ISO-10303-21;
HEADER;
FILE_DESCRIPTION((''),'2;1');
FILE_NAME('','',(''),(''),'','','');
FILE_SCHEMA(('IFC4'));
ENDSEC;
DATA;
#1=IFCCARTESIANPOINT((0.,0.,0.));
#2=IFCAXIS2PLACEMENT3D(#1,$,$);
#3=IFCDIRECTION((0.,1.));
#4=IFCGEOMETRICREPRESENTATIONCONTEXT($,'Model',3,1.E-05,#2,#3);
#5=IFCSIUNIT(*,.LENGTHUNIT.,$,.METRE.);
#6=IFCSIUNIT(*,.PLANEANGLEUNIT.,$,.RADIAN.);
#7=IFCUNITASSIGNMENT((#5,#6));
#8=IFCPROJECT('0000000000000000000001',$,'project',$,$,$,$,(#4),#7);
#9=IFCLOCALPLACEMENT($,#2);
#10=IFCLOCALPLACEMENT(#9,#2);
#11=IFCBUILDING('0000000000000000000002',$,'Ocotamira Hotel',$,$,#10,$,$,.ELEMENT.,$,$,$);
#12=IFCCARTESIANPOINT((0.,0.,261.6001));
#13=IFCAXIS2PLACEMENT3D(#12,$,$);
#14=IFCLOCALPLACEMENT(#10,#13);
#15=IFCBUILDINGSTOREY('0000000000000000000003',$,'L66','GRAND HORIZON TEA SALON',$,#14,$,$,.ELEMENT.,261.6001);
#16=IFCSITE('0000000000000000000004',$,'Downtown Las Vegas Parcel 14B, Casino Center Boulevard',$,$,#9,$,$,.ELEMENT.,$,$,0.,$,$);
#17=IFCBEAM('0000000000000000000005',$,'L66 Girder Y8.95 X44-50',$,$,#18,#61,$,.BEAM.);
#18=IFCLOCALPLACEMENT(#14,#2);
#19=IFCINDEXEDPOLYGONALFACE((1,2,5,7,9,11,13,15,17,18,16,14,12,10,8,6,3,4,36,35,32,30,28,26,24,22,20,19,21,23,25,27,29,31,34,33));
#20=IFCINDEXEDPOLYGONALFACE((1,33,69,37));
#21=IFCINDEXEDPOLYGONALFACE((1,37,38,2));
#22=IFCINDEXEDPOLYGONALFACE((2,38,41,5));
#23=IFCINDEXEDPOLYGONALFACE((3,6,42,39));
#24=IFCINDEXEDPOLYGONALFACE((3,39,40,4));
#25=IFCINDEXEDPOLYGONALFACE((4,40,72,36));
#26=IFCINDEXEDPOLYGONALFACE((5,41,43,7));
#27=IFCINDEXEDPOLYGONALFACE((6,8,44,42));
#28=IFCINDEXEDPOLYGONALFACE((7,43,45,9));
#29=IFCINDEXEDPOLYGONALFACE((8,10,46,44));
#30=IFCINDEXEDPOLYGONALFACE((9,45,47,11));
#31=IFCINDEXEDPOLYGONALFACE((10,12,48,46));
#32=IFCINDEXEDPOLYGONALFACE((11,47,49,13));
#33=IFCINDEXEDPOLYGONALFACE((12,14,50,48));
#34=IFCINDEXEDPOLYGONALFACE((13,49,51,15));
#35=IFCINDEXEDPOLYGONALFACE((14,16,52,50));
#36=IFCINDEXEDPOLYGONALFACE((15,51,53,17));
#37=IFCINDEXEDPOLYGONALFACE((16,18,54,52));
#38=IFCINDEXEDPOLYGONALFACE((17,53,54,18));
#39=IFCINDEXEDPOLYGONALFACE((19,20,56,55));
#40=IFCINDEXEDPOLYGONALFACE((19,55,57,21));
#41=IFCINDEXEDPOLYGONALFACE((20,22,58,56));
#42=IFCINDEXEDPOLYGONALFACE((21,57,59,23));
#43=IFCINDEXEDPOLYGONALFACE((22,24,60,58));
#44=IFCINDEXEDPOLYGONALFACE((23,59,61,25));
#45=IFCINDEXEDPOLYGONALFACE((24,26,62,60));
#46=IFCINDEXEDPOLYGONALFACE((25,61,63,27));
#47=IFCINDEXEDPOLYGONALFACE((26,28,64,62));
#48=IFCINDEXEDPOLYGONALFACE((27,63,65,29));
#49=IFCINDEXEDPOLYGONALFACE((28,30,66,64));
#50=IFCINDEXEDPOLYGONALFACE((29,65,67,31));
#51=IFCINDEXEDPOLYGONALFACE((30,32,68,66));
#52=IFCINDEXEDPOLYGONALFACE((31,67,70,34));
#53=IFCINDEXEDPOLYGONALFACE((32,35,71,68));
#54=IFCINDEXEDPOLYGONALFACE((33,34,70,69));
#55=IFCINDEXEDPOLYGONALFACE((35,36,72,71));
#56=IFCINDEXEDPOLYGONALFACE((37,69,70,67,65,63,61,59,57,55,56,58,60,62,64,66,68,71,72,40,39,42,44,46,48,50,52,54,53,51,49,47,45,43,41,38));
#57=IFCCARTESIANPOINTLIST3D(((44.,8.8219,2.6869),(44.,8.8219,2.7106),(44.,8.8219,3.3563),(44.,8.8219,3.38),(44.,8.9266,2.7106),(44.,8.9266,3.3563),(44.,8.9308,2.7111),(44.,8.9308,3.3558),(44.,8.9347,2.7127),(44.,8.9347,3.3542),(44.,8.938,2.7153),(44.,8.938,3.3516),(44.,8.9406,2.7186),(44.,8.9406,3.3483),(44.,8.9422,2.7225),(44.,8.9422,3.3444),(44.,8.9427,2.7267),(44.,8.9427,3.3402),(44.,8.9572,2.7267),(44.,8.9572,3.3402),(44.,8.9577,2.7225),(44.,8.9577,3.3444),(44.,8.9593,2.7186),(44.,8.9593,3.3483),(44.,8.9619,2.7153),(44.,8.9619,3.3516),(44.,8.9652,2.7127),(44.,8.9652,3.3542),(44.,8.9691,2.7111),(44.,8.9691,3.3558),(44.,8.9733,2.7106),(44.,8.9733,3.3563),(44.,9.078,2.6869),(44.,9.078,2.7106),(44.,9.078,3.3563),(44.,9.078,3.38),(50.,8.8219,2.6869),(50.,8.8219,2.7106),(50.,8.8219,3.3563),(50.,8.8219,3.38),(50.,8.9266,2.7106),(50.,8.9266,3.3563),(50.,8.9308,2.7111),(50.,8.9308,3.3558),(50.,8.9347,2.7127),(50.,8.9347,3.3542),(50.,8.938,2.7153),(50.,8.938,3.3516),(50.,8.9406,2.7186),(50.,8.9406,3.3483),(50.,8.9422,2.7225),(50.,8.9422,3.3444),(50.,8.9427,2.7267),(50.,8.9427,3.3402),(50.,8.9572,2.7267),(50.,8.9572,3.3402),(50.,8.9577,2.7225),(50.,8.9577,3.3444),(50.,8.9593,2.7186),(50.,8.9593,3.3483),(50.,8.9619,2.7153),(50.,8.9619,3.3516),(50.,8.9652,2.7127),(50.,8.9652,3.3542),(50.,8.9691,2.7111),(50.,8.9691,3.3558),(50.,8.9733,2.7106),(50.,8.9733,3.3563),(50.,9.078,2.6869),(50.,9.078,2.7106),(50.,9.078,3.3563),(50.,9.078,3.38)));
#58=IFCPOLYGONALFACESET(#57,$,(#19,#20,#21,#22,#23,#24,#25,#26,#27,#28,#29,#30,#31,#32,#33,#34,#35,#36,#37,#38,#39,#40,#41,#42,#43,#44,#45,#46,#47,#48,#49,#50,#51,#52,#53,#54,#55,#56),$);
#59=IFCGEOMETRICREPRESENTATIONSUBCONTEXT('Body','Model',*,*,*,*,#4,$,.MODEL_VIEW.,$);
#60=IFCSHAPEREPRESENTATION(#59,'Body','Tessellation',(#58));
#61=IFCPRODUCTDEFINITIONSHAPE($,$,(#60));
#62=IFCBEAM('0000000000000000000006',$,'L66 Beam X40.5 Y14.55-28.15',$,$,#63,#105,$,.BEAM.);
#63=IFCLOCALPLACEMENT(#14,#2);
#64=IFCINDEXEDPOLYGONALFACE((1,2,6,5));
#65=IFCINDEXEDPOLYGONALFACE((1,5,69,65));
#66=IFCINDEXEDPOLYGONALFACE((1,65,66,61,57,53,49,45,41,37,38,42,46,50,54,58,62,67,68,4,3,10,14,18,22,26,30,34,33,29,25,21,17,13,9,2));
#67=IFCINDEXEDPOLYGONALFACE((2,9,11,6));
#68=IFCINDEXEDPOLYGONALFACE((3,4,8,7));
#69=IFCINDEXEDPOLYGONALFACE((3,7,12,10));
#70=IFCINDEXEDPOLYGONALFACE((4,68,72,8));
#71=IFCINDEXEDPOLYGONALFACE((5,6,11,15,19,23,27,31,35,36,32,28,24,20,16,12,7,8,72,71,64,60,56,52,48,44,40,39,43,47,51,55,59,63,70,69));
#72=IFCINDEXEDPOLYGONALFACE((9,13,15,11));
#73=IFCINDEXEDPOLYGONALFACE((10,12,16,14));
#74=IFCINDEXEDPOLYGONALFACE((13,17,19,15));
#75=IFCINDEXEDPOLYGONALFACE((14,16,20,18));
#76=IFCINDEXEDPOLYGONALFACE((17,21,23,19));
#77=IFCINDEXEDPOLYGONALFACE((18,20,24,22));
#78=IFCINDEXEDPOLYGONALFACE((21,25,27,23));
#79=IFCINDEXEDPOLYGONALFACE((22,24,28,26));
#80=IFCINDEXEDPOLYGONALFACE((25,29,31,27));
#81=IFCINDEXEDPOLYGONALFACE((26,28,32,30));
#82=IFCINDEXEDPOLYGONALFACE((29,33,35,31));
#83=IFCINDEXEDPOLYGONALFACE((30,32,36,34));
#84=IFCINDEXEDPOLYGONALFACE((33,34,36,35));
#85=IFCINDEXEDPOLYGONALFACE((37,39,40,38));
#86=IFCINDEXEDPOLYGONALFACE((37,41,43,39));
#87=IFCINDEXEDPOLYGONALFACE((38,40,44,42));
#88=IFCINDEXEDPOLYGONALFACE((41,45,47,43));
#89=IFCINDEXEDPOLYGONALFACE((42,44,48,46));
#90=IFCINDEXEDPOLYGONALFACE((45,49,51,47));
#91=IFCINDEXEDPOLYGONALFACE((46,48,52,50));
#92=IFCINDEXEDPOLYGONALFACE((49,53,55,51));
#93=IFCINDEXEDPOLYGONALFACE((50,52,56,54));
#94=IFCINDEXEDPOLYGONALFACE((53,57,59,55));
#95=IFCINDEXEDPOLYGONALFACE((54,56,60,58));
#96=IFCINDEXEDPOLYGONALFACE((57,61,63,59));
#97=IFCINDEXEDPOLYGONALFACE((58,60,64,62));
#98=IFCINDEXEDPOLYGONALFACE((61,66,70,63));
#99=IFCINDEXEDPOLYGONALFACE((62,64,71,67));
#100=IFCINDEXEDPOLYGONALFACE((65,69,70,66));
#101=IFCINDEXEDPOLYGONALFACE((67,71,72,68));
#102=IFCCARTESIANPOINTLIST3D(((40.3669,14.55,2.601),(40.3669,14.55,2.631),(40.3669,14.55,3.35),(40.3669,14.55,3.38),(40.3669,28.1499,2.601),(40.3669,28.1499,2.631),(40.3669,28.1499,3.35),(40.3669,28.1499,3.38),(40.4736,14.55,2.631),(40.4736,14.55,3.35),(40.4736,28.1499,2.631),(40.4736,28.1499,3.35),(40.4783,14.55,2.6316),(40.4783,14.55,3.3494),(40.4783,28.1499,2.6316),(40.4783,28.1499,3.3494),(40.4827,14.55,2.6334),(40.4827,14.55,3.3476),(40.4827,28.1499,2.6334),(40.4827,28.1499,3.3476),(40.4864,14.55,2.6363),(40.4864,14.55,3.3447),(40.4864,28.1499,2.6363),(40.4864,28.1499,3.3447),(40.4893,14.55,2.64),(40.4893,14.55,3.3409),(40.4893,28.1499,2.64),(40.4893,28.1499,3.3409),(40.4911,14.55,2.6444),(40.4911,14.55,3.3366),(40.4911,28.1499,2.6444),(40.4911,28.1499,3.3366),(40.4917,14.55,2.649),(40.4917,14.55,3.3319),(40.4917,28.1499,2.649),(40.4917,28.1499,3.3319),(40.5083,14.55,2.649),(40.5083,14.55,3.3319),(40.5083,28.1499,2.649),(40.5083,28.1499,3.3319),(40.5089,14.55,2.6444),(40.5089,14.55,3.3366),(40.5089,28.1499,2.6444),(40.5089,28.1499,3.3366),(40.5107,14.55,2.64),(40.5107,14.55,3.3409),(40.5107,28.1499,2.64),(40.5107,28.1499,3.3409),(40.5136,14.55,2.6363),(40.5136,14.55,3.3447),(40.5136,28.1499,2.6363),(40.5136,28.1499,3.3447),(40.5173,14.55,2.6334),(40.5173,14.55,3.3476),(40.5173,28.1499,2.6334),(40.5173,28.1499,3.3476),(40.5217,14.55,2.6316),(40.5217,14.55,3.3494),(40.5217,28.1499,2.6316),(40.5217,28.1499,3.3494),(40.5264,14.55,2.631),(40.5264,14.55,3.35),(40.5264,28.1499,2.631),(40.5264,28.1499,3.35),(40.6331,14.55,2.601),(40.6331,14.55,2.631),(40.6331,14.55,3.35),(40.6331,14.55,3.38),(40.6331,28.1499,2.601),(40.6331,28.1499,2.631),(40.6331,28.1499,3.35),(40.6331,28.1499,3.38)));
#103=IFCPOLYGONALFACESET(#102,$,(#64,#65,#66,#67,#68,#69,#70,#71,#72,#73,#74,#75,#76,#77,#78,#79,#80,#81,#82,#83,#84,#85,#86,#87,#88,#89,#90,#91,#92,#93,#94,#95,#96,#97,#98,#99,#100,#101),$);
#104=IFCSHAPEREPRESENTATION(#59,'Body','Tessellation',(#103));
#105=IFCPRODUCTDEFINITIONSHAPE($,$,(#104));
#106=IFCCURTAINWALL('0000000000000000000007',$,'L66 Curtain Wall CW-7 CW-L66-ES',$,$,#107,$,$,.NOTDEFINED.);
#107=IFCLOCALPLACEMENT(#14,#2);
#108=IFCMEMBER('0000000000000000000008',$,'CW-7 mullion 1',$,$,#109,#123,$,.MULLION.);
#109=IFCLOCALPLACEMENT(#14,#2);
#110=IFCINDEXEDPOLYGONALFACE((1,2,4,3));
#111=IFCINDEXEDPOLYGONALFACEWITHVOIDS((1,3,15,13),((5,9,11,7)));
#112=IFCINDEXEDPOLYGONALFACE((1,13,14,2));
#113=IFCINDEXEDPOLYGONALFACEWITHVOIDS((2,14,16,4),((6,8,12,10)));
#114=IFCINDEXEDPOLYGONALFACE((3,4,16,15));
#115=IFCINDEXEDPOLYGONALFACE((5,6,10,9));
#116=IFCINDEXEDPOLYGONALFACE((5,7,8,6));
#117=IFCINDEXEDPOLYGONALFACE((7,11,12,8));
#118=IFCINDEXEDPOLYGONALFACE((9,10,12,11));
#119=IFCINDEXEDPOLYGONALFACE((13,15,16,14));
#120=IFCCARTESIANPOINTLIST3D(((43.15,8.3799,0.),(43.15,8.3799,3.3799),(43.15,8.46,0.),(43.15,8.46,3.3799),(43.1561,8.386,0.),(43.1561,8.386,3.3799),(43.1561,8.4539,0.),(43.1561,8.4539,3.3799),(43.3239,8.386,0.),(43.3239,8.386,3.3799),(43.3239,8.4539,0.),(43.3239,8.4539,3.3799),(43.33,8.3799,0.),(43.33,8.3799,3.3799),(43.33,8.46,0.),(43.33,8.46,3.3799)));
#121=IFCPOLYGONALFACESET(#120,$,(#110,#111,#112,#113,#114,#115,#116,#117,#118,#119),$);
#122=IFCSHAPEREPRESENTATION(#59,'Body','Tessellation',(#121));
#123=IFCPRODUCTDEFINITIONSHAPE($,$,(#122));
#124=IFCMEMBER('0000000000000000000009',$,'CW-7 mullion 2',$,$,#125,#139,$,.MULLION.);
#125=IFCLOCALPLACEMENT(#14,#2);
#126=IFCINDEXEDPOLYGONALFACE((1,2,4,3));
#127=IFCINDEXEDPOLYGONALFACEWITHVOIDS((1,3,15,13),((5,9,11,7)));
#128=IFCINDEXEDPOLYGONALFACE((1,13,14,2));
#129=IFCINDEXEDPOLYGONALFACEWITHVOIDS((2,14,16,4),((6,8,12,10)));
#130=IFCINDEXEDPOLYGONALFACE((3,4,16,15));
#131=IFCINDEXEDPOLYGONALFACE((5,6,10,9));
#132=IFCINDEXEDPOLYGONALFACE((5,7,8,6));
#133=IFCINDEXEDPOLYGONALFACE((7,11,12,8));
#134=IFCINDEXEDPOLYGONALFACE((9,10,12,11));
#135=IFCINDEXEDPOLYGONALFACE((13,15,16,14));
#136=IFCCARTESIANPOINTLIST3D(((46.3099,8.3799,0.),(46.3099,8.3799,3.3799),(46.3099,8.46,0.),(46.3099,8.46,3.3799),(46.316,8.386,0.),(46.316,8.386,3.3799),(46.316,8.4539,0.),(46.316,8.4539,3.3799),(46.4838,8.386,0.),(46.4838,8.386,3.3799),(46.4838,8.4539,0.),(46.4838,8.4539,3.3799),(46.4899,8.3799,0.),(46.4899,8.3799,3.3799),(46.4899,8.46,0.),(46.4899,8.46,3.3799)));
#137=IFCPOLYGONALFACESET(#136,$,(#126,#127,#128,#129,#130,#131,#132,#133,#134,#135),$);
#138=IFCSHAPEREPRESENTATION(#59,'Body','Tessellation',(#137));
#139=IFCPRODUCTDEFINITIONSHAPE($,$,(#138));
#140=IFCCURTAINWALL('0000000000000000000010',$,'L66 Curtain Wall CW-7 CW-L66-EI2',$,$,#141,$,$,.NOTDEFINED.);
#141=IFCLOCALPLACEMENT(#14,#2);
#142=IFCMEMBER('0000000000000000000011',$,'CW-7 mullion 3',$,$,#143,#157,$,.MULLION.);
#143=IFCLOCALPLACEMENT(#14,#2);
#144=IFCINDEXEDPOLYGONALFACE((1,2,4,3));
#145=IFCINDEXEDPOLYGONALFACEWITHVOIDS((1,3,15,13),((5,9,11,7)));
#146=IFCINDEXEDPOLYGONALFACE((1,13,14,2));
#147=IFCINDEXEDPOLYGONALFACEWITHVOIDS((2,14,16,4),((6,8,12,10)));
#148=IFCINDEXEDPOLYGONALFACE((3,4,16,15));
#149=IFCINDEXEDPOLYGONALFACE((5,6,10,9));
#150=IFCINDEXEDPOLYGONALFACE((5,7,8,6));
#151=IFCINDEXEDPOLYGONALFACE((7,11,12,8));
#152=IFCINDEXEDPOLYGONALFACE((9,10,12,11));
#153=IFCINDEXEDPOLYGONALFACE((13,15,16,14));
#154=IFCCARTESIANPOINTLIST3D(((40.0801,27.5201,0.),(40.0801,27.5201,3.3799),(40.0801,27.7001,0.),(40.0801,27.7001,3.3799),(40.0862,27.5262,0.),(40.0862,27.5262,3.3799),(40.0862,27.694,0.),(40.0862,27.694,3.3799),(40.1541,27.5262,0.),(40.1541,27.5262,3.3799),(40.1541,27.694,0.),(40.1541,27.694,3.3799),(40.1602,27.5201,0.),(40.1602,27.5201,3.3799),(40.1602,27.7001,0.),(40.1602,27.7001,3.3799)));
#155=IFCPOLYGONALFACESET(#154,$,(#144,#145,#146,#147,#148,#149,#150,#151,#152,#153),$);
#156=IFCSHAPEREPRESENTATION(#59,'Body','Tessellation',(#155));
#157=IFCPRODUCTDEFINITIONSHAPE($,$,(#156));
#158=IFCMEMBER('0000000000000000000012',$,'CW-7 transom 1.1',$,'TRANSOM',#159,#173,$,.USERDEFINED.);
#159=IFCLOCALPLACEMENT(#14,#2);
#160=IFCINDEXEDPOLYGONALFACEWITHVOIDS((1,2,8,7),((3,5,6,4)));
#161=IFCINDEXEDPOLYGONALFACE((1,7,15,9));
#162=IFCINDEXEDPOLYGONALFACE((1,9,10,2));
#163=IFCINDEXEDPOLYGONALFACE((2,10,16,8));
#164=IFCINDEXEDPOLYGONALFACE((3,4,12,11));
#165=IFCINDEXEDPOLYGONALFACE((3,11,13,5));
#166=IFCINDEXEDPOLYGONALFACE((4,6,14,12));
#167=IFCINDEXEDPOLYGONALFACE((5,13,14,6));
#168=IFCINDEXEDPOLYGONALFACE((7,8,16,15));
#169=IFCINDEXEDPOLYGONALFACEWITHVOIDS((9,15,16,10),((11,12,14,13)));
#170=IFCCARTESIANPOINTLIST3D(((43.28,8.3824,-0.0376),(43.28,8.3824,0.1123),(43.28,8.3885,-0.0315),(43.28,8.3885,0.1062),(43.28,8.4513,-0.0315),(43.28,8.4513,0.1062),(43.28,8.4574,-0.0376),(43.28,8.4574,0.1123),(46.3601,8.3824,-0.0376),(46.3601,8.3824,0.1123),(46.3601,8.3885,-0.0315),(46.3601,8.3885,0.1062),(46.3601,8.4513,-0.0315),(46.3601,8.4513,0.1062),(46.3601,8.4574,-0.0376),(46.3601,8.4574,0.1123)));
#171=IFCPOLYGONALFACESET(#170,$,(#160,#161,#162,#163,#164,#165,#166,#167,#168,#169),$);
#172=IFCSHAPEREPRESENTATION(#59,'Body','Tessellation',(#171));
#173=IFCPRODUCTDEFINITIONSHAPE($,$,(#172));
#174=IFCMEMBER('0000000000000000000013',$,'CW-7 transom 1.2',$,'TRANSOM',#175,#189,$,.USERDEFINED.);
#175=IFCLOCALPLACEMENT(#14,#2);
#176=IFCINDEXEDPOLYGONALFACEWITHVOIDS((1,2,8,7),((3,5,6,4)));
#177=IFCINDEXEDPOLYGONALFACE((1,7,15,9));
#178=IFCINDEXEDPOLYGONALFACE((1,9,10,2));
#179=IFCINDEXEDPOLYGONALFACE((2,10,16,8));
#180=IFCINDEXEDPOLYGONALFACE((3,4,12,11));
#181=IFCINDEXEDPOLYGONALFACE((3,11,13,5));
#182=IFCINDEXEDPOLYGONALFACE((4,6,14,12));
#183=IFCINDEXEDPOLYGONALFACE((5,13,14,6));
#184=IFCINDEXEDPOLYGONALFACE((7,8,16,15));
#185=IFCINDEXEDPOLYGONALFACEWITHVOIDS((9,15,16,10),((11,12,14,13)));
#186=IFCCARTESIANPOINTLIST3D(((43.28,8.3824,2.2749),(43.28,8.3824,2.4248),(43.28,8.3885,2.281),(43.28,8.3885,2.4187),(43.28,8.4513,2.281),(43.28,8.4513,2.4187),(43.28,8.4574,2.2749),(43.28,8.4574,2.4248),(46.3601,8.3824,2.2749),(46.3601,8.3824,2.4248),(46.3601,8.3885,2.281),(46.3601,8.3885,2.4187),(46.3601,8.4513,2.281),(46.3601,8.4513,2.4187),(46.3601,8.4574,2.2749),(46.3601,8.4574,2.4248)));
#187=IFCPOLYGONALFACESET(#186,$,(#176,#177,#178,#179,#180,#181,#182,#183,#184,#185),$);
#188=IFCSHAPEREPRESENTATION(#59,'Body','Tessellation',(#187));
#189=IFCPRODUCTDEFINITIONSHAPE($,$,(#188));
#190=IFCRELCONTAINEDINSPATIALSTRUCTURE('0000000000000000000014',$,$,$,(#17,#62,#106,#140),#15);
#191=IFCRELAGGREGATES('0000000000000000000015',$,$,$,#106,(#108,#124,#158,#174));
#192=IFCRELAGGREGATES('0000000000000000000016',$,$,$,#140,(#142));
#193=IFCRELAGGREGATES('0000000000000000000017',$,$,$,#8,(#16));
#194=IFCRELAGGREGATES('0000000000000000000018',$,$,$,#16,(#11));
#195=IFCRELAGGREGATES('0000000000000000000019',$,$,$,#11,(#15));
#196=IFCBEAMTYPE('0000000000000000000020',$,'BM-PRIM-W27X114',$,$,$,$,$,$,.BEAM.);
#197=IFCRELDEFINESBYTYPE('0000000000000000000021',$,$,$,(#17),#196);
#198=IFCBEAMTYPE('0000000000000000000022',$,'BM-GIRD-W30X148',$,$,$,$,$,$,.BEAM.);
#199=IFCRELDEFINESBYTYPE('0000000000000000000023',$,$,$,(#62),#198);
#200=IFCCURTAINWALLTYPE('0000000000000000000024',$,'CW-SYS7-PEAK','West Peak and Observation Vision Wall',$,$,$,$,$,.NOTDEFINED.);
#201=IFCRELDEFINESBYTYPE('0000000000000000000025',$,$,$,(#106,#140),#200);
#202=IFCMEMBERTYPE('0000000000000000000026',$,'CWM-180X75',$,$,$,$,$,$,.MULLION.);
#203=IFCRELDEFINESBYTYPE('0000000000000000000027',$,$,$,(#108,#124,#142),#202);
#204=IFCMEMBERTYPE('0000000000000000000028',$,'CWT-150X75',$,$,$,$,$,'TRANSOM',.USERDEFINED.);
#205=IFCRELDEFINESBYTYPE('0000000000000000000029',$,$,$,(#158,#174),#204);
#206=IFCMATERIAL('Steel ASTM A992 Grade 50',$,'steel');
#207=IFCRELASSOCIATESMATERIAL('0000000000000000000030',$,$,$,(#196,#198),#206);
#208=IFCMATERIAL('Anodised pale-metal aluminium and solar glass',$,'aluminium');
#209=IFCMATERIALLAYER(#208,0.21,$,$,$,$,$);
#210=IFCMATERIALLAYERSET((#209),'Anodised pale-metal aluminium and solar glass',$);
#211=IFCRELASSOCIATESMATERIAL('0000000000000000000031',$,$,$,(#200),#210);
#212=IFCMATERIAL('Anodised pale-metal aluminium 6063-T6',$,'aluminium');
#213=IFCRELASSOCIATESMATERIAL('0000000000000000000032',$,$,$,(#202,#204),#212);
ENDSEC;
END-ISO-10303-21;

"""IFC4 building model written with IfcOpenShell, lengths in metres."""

from ifc_helpers import new_model, si_unit, direction, frame, origin, origin_2d, place, context, subcontext, project, spatial, hollow_rectangle, i_section, extrude, source, transform, mapped, material, layer, layer_set, material_profile, profile_set, type_object, element, aggregate, save


model = new_model("IFC4")

# Units and contexts
model_context = context("Model", 3, precision=1e-05, world=origin(), true_north=direction((0.0, 1.0)))
body_context = subcontext(model_context, "Body", "Model", "MODEL_VIEW")
ifc_project = project(units=[si_unit("LENGTHUNIT", "METRE"), si_unit("PLANEANGLEUNIT", "RADIAN")], contexts=[model_context])

# Site, building, storey
site_placement = place(None, origin())
site = spatial("IfcSite", under=ifc_project, at=site_placement, Name="Downtown Las Vegas Parcel 14B, Casino Center Boulevard", CompositionType="ELEMENT", RefElevation=0.0)
building_placement = place(site_placement, origin())
building = spatial("IfcBuilding", under=site, at=building_placement, Name="Ocotamira Hotel", CompositionType="ELEMENT")
storey_placement = place(building_placement, frame((0.0, 0.0, 261.6001)))
storey = spatial("IfcBuildingStorey", under=building, at=storey_placement, Name="L66", Description="GRAND HORIZON TEA SALON", CompositionType="ELEMENT", Elevation=261.6001)

# Shared definitions
ifc_material_1 = material(Name="Steel ASTM A992 Grade 50", Category="steel")

# Beams
ifc_material_profile_1 = material_profile(ifc_material_1, i_section(OverallWidth=0.2561, OverallDepth=0.6931, WebThickness=0.0144, FlangeThickness=0.0237, FilletRadius=0.0161, at=origin_2d()), Name="W27X114")
ifc_profile_set_1 = profile_set([ifc_material_profile_1], Name="Steel ASTM A992 Grade 50")
beam_type_1 = type_object("IfcBeamType", Name="BM-PRIM-W27X114", PredefinedType="BEAM", material=ifc_profile_set_1)
shared_shape_1 = source(origin(), body_context, "Body", "SweptSolid", [
    extrude(i_section(OverallWidth=0.2561, OverallDepth=0.6931, WebThickness=0.0144, FlangeThickness=0.0237, FilletRadius=0.0161, at=origin_2d()), origin(), (0.0, 0.0, 1.0), 6.0),
])
beam_1_placement = place(storey_placement, frame((44.0, 8.95, 3.0334), z_axis=(1.0, 0.0, 0.0), x_axis=(0.0, 1.0, 0.0)))
element("IfcBeam", 1, at=beam_1_placement, inside=storey, type_object=beam_type_1, Name="L66 Girder Y8.95 X44-50", PredefinedType="BEAM", context=body_context, shape_type="MappedRepresentation", body=[
    mapped(shared_shape_1, transform((0.0, 0.0, 0.0), scale=1.0)),
])
ifc_material_profile_2 = material_profile(ifc_material_1, i_section(OverallWidth=0.2661, OverallDepth=0.7791, WebThickness=0.0166, FlangeThickness=0.03, FilletRadius=0.0181, at=origin_2d()), Name="W30X148")
ifc_profile_set_2 = profile_set([ifc_material_profile_2], Name="Steel ASTM A992 Grade 50")
beam_type_2 = type_object("IfcBeamType", Name="BM-GIRD-W30X148", PredefinedType="BEAM", material=ifc_profile_set_2)
shared_shape_2 = source(origin(), body_context, "Body", "SweptSolid", [
    extrude(i_section(OverallWidth=0.2661, OverallDepth=0.7791, WebThickness=0.0166, FlangeThickness=0.03, FilletRadius=0.0181, at=origin_2d()), origin(), (0.0, 0.0, 1.0), 13.5999),
])
beam_2_placement = place(storey_placement, frame((40.5, 14.55, 2.9905), z_axis=(0.0, 1.0, 0.0), x_axis=(-1.0, 0.0, 0.0)))
element("IfcBeam", 2, at=beam_2_placement, inside=storey, type_object=beam_type_2, Name="L66 Beam X40.5 Y14.55-28.15", PredefinedType="BEAM", context=body_context, shape_type="MappedRepresentation", body=[
    mapped(shared_shape_2, transform((0.0, 0.0, 0.0), scale=1.0)),
])

# Curtain wall, members
ifc_material_2 = material(Name="Anodised pale-metal aluminium and solar glass", Category="aluminium")
ifc_layer_1 = layer(ifc_material_2, 0.21)
ifc_layer_set_1 = layer_set([ifc_layer_1], Name="Anodised pale-metal aluminium and solar glass")
curtain_wall_type = type_object("IfcCurtainWallType", Name="CW-SYS7-PEAK", Description="West Peak and Observation Vision Wall", PredefinedType="NOTDEFINED", material=ifc_layer_set_1)
curtain_wall_1_placement = place(storey_placement, origin())
curtain_wall_1 = element("IfcCurtainWall", 3, at=curtain_wall_1_placement, inside=storey, type_object=curtain_wall_type, Name="L66 Curtain Wall CW-7 CW-L66-ES", PredefinedType="NOTDEFINED")
ifc_material_3 = material(Name="Anodised pale-metal aluminium 6063-T6", Category="aluminium")
ifc_material_profile_3 = material_profile(ifc_material_3, hollow_rectangle(XDim=0.0801, YDim=0.1799, WallThickness=0.0061, at=origin_2d()), Name="HSS180X80X6")
ifc_profile_set_3 = profile_set([ifc_material_profile_3], Name="Anodised pale-metal aluminium 6063-T6")
member_type_1 = type_object("IfcMemberType", Name="CWM-180X75", PredefinedType="MULLION", material=ifc_profile_set_3)
shared_shape_3 = source(origin(), body_context, "Body", "SweptSolid", [
    extrude(hollow_rectangle(XDim=0.0801, YDim=0.1799, WallThickness=0.0061, at=origin_2d()), origin(), (0.0, 0.0, 1.0), 3.3799),
])
member_1_placement = place(storey_placement, frame((43.24, 8.4199, 0.0), z_axis=(0.0, 0.0, 1.0), x_axis=(0.0, 1.0, 0.0)))
member_1 = element("IfcMember", 4, at=member_1_placement, type_object=member_type_1, Name="CW-7 mullion 1", PredefinedType="MULLION", context=body_context, shape_type="MappedRepresentation", body=[
    mapped(shared_shape_3, transform((0.0, 0.0, 0.0), scale=1.0)),
])
member_2_placement = place(storey_placement, frame((46.3999, 8.4199, 0.0), z_axis=(0.0, 0.0, 1.0), x_axis=(0.0, 1.0, 0.0)))
member_2 = element("IfcMember", 5, at=member_2_placement, type_object=member_type_1, Name="CW-7 mullion 2", PredefinedType="MULLION", context=body_context, shape_type="MappedRepresentation", body=[
    mapped(shared_shape_3, transform((0.0, 0.0, 0.0), scale=1.0)),
])

# Curtain wall, member
curtain_wall_2_placement = place(storey_placement, origin())
curtain_wall_2 = element("IfcCurtainWall", 6, at=curtain_wall_2_placement, inside=storey, type_object=curtain_wall_type, Name="L66 Curtain Wall CW-7 CW-L66-EI2", PredefinedType="NOTDEFINED")
member_3_placement = place(storey_placement, frame((40.1201, 27.6101, 0.0), z_axis=(0.0, 0.0, 1.0), x_axis=(-1.0, 0.0, 0.0)))
member_3 = element("IfcMember", 7, at=member_3_placement, type_object=member_type_1, Name="CW-7 mullion 3", PredefinedType="MULLION", context=body_context, shape_type="MappedRepresentation", body=[
    mapped(shared_shape_3, transform((0.0, 0.0, 0.0), scale=1.0)),
])

# Members
ifc_material_profile_4 = material_profile(ifc_material_3, hollow_rectangle(XDim=0.075, YDim=0.1499, WallThickness=0.0061, at=origin_2d()), Name="HSS150X75X6")
ifc_profile_set_4 = profile_set([ifc_material_profile_4], Name="Anodised pale-metal aluminium 6063-T6")
member_type_2 = type_object("IfcMemberType", Name="CWT-150X75", ElementType="TRANSOM", PredefinedType="USERDEFINED", material=ifc_profile_set_4)
shared_shape_4 = source(origin(), body_context, "Body", "SweptSolid", [
    extrude(hollow_rectangle(XDim=0.075, YDim=0.1499, WallThickness=0.0061, at=origin_2d()), origin(), (0.0, 0.0, 1.0), 3.0801),
])
member_4_placement = place(storey_placement, frame((43.28, 8.4199, 0.0374), z_axis=(1.0, 0.0, 0.0), x_axis=(0.0, 1.0, 0.0)))
member_4 = element("IfcMember", 8, at=member_4_placement, type_object=member_type_2, Name="CW-7 transom 1.1", ObjectType="TRANSOM", PredefinedType="USERDEFINED", context=body_context, shape_type="MappedRepresentation", body=[
    mapped(shared_shape_4, transform((0.0, 0.0, 0.0), scale=1.0)),
])
member_5_placement = place(storey_placement, frame((43.28, 8.4199, 2.3499), z_axis=(1.0, 0.0, 0.0), x_axis=(0.0, 1.0, 0.0)))
member_5 = element("IfcMember", 9, at=member_5_placement, type_object=member_type_2, Name="CW-7 transom 1.2", ObjectType="TRANSOM", PredefinedType="USERDEFINED", context=body_context, shape_type="MappedRepresentation", body=[
    mapped(shared_shape_4, transform((0.0, 0.0, 0.0), scale=1.0)),
])

aggregate(curtain_wall_1, [member_1, member_2, member_4, member_5])
aggregate(curtain_wall_2, [member_3])

save(model, "model.ifc")
